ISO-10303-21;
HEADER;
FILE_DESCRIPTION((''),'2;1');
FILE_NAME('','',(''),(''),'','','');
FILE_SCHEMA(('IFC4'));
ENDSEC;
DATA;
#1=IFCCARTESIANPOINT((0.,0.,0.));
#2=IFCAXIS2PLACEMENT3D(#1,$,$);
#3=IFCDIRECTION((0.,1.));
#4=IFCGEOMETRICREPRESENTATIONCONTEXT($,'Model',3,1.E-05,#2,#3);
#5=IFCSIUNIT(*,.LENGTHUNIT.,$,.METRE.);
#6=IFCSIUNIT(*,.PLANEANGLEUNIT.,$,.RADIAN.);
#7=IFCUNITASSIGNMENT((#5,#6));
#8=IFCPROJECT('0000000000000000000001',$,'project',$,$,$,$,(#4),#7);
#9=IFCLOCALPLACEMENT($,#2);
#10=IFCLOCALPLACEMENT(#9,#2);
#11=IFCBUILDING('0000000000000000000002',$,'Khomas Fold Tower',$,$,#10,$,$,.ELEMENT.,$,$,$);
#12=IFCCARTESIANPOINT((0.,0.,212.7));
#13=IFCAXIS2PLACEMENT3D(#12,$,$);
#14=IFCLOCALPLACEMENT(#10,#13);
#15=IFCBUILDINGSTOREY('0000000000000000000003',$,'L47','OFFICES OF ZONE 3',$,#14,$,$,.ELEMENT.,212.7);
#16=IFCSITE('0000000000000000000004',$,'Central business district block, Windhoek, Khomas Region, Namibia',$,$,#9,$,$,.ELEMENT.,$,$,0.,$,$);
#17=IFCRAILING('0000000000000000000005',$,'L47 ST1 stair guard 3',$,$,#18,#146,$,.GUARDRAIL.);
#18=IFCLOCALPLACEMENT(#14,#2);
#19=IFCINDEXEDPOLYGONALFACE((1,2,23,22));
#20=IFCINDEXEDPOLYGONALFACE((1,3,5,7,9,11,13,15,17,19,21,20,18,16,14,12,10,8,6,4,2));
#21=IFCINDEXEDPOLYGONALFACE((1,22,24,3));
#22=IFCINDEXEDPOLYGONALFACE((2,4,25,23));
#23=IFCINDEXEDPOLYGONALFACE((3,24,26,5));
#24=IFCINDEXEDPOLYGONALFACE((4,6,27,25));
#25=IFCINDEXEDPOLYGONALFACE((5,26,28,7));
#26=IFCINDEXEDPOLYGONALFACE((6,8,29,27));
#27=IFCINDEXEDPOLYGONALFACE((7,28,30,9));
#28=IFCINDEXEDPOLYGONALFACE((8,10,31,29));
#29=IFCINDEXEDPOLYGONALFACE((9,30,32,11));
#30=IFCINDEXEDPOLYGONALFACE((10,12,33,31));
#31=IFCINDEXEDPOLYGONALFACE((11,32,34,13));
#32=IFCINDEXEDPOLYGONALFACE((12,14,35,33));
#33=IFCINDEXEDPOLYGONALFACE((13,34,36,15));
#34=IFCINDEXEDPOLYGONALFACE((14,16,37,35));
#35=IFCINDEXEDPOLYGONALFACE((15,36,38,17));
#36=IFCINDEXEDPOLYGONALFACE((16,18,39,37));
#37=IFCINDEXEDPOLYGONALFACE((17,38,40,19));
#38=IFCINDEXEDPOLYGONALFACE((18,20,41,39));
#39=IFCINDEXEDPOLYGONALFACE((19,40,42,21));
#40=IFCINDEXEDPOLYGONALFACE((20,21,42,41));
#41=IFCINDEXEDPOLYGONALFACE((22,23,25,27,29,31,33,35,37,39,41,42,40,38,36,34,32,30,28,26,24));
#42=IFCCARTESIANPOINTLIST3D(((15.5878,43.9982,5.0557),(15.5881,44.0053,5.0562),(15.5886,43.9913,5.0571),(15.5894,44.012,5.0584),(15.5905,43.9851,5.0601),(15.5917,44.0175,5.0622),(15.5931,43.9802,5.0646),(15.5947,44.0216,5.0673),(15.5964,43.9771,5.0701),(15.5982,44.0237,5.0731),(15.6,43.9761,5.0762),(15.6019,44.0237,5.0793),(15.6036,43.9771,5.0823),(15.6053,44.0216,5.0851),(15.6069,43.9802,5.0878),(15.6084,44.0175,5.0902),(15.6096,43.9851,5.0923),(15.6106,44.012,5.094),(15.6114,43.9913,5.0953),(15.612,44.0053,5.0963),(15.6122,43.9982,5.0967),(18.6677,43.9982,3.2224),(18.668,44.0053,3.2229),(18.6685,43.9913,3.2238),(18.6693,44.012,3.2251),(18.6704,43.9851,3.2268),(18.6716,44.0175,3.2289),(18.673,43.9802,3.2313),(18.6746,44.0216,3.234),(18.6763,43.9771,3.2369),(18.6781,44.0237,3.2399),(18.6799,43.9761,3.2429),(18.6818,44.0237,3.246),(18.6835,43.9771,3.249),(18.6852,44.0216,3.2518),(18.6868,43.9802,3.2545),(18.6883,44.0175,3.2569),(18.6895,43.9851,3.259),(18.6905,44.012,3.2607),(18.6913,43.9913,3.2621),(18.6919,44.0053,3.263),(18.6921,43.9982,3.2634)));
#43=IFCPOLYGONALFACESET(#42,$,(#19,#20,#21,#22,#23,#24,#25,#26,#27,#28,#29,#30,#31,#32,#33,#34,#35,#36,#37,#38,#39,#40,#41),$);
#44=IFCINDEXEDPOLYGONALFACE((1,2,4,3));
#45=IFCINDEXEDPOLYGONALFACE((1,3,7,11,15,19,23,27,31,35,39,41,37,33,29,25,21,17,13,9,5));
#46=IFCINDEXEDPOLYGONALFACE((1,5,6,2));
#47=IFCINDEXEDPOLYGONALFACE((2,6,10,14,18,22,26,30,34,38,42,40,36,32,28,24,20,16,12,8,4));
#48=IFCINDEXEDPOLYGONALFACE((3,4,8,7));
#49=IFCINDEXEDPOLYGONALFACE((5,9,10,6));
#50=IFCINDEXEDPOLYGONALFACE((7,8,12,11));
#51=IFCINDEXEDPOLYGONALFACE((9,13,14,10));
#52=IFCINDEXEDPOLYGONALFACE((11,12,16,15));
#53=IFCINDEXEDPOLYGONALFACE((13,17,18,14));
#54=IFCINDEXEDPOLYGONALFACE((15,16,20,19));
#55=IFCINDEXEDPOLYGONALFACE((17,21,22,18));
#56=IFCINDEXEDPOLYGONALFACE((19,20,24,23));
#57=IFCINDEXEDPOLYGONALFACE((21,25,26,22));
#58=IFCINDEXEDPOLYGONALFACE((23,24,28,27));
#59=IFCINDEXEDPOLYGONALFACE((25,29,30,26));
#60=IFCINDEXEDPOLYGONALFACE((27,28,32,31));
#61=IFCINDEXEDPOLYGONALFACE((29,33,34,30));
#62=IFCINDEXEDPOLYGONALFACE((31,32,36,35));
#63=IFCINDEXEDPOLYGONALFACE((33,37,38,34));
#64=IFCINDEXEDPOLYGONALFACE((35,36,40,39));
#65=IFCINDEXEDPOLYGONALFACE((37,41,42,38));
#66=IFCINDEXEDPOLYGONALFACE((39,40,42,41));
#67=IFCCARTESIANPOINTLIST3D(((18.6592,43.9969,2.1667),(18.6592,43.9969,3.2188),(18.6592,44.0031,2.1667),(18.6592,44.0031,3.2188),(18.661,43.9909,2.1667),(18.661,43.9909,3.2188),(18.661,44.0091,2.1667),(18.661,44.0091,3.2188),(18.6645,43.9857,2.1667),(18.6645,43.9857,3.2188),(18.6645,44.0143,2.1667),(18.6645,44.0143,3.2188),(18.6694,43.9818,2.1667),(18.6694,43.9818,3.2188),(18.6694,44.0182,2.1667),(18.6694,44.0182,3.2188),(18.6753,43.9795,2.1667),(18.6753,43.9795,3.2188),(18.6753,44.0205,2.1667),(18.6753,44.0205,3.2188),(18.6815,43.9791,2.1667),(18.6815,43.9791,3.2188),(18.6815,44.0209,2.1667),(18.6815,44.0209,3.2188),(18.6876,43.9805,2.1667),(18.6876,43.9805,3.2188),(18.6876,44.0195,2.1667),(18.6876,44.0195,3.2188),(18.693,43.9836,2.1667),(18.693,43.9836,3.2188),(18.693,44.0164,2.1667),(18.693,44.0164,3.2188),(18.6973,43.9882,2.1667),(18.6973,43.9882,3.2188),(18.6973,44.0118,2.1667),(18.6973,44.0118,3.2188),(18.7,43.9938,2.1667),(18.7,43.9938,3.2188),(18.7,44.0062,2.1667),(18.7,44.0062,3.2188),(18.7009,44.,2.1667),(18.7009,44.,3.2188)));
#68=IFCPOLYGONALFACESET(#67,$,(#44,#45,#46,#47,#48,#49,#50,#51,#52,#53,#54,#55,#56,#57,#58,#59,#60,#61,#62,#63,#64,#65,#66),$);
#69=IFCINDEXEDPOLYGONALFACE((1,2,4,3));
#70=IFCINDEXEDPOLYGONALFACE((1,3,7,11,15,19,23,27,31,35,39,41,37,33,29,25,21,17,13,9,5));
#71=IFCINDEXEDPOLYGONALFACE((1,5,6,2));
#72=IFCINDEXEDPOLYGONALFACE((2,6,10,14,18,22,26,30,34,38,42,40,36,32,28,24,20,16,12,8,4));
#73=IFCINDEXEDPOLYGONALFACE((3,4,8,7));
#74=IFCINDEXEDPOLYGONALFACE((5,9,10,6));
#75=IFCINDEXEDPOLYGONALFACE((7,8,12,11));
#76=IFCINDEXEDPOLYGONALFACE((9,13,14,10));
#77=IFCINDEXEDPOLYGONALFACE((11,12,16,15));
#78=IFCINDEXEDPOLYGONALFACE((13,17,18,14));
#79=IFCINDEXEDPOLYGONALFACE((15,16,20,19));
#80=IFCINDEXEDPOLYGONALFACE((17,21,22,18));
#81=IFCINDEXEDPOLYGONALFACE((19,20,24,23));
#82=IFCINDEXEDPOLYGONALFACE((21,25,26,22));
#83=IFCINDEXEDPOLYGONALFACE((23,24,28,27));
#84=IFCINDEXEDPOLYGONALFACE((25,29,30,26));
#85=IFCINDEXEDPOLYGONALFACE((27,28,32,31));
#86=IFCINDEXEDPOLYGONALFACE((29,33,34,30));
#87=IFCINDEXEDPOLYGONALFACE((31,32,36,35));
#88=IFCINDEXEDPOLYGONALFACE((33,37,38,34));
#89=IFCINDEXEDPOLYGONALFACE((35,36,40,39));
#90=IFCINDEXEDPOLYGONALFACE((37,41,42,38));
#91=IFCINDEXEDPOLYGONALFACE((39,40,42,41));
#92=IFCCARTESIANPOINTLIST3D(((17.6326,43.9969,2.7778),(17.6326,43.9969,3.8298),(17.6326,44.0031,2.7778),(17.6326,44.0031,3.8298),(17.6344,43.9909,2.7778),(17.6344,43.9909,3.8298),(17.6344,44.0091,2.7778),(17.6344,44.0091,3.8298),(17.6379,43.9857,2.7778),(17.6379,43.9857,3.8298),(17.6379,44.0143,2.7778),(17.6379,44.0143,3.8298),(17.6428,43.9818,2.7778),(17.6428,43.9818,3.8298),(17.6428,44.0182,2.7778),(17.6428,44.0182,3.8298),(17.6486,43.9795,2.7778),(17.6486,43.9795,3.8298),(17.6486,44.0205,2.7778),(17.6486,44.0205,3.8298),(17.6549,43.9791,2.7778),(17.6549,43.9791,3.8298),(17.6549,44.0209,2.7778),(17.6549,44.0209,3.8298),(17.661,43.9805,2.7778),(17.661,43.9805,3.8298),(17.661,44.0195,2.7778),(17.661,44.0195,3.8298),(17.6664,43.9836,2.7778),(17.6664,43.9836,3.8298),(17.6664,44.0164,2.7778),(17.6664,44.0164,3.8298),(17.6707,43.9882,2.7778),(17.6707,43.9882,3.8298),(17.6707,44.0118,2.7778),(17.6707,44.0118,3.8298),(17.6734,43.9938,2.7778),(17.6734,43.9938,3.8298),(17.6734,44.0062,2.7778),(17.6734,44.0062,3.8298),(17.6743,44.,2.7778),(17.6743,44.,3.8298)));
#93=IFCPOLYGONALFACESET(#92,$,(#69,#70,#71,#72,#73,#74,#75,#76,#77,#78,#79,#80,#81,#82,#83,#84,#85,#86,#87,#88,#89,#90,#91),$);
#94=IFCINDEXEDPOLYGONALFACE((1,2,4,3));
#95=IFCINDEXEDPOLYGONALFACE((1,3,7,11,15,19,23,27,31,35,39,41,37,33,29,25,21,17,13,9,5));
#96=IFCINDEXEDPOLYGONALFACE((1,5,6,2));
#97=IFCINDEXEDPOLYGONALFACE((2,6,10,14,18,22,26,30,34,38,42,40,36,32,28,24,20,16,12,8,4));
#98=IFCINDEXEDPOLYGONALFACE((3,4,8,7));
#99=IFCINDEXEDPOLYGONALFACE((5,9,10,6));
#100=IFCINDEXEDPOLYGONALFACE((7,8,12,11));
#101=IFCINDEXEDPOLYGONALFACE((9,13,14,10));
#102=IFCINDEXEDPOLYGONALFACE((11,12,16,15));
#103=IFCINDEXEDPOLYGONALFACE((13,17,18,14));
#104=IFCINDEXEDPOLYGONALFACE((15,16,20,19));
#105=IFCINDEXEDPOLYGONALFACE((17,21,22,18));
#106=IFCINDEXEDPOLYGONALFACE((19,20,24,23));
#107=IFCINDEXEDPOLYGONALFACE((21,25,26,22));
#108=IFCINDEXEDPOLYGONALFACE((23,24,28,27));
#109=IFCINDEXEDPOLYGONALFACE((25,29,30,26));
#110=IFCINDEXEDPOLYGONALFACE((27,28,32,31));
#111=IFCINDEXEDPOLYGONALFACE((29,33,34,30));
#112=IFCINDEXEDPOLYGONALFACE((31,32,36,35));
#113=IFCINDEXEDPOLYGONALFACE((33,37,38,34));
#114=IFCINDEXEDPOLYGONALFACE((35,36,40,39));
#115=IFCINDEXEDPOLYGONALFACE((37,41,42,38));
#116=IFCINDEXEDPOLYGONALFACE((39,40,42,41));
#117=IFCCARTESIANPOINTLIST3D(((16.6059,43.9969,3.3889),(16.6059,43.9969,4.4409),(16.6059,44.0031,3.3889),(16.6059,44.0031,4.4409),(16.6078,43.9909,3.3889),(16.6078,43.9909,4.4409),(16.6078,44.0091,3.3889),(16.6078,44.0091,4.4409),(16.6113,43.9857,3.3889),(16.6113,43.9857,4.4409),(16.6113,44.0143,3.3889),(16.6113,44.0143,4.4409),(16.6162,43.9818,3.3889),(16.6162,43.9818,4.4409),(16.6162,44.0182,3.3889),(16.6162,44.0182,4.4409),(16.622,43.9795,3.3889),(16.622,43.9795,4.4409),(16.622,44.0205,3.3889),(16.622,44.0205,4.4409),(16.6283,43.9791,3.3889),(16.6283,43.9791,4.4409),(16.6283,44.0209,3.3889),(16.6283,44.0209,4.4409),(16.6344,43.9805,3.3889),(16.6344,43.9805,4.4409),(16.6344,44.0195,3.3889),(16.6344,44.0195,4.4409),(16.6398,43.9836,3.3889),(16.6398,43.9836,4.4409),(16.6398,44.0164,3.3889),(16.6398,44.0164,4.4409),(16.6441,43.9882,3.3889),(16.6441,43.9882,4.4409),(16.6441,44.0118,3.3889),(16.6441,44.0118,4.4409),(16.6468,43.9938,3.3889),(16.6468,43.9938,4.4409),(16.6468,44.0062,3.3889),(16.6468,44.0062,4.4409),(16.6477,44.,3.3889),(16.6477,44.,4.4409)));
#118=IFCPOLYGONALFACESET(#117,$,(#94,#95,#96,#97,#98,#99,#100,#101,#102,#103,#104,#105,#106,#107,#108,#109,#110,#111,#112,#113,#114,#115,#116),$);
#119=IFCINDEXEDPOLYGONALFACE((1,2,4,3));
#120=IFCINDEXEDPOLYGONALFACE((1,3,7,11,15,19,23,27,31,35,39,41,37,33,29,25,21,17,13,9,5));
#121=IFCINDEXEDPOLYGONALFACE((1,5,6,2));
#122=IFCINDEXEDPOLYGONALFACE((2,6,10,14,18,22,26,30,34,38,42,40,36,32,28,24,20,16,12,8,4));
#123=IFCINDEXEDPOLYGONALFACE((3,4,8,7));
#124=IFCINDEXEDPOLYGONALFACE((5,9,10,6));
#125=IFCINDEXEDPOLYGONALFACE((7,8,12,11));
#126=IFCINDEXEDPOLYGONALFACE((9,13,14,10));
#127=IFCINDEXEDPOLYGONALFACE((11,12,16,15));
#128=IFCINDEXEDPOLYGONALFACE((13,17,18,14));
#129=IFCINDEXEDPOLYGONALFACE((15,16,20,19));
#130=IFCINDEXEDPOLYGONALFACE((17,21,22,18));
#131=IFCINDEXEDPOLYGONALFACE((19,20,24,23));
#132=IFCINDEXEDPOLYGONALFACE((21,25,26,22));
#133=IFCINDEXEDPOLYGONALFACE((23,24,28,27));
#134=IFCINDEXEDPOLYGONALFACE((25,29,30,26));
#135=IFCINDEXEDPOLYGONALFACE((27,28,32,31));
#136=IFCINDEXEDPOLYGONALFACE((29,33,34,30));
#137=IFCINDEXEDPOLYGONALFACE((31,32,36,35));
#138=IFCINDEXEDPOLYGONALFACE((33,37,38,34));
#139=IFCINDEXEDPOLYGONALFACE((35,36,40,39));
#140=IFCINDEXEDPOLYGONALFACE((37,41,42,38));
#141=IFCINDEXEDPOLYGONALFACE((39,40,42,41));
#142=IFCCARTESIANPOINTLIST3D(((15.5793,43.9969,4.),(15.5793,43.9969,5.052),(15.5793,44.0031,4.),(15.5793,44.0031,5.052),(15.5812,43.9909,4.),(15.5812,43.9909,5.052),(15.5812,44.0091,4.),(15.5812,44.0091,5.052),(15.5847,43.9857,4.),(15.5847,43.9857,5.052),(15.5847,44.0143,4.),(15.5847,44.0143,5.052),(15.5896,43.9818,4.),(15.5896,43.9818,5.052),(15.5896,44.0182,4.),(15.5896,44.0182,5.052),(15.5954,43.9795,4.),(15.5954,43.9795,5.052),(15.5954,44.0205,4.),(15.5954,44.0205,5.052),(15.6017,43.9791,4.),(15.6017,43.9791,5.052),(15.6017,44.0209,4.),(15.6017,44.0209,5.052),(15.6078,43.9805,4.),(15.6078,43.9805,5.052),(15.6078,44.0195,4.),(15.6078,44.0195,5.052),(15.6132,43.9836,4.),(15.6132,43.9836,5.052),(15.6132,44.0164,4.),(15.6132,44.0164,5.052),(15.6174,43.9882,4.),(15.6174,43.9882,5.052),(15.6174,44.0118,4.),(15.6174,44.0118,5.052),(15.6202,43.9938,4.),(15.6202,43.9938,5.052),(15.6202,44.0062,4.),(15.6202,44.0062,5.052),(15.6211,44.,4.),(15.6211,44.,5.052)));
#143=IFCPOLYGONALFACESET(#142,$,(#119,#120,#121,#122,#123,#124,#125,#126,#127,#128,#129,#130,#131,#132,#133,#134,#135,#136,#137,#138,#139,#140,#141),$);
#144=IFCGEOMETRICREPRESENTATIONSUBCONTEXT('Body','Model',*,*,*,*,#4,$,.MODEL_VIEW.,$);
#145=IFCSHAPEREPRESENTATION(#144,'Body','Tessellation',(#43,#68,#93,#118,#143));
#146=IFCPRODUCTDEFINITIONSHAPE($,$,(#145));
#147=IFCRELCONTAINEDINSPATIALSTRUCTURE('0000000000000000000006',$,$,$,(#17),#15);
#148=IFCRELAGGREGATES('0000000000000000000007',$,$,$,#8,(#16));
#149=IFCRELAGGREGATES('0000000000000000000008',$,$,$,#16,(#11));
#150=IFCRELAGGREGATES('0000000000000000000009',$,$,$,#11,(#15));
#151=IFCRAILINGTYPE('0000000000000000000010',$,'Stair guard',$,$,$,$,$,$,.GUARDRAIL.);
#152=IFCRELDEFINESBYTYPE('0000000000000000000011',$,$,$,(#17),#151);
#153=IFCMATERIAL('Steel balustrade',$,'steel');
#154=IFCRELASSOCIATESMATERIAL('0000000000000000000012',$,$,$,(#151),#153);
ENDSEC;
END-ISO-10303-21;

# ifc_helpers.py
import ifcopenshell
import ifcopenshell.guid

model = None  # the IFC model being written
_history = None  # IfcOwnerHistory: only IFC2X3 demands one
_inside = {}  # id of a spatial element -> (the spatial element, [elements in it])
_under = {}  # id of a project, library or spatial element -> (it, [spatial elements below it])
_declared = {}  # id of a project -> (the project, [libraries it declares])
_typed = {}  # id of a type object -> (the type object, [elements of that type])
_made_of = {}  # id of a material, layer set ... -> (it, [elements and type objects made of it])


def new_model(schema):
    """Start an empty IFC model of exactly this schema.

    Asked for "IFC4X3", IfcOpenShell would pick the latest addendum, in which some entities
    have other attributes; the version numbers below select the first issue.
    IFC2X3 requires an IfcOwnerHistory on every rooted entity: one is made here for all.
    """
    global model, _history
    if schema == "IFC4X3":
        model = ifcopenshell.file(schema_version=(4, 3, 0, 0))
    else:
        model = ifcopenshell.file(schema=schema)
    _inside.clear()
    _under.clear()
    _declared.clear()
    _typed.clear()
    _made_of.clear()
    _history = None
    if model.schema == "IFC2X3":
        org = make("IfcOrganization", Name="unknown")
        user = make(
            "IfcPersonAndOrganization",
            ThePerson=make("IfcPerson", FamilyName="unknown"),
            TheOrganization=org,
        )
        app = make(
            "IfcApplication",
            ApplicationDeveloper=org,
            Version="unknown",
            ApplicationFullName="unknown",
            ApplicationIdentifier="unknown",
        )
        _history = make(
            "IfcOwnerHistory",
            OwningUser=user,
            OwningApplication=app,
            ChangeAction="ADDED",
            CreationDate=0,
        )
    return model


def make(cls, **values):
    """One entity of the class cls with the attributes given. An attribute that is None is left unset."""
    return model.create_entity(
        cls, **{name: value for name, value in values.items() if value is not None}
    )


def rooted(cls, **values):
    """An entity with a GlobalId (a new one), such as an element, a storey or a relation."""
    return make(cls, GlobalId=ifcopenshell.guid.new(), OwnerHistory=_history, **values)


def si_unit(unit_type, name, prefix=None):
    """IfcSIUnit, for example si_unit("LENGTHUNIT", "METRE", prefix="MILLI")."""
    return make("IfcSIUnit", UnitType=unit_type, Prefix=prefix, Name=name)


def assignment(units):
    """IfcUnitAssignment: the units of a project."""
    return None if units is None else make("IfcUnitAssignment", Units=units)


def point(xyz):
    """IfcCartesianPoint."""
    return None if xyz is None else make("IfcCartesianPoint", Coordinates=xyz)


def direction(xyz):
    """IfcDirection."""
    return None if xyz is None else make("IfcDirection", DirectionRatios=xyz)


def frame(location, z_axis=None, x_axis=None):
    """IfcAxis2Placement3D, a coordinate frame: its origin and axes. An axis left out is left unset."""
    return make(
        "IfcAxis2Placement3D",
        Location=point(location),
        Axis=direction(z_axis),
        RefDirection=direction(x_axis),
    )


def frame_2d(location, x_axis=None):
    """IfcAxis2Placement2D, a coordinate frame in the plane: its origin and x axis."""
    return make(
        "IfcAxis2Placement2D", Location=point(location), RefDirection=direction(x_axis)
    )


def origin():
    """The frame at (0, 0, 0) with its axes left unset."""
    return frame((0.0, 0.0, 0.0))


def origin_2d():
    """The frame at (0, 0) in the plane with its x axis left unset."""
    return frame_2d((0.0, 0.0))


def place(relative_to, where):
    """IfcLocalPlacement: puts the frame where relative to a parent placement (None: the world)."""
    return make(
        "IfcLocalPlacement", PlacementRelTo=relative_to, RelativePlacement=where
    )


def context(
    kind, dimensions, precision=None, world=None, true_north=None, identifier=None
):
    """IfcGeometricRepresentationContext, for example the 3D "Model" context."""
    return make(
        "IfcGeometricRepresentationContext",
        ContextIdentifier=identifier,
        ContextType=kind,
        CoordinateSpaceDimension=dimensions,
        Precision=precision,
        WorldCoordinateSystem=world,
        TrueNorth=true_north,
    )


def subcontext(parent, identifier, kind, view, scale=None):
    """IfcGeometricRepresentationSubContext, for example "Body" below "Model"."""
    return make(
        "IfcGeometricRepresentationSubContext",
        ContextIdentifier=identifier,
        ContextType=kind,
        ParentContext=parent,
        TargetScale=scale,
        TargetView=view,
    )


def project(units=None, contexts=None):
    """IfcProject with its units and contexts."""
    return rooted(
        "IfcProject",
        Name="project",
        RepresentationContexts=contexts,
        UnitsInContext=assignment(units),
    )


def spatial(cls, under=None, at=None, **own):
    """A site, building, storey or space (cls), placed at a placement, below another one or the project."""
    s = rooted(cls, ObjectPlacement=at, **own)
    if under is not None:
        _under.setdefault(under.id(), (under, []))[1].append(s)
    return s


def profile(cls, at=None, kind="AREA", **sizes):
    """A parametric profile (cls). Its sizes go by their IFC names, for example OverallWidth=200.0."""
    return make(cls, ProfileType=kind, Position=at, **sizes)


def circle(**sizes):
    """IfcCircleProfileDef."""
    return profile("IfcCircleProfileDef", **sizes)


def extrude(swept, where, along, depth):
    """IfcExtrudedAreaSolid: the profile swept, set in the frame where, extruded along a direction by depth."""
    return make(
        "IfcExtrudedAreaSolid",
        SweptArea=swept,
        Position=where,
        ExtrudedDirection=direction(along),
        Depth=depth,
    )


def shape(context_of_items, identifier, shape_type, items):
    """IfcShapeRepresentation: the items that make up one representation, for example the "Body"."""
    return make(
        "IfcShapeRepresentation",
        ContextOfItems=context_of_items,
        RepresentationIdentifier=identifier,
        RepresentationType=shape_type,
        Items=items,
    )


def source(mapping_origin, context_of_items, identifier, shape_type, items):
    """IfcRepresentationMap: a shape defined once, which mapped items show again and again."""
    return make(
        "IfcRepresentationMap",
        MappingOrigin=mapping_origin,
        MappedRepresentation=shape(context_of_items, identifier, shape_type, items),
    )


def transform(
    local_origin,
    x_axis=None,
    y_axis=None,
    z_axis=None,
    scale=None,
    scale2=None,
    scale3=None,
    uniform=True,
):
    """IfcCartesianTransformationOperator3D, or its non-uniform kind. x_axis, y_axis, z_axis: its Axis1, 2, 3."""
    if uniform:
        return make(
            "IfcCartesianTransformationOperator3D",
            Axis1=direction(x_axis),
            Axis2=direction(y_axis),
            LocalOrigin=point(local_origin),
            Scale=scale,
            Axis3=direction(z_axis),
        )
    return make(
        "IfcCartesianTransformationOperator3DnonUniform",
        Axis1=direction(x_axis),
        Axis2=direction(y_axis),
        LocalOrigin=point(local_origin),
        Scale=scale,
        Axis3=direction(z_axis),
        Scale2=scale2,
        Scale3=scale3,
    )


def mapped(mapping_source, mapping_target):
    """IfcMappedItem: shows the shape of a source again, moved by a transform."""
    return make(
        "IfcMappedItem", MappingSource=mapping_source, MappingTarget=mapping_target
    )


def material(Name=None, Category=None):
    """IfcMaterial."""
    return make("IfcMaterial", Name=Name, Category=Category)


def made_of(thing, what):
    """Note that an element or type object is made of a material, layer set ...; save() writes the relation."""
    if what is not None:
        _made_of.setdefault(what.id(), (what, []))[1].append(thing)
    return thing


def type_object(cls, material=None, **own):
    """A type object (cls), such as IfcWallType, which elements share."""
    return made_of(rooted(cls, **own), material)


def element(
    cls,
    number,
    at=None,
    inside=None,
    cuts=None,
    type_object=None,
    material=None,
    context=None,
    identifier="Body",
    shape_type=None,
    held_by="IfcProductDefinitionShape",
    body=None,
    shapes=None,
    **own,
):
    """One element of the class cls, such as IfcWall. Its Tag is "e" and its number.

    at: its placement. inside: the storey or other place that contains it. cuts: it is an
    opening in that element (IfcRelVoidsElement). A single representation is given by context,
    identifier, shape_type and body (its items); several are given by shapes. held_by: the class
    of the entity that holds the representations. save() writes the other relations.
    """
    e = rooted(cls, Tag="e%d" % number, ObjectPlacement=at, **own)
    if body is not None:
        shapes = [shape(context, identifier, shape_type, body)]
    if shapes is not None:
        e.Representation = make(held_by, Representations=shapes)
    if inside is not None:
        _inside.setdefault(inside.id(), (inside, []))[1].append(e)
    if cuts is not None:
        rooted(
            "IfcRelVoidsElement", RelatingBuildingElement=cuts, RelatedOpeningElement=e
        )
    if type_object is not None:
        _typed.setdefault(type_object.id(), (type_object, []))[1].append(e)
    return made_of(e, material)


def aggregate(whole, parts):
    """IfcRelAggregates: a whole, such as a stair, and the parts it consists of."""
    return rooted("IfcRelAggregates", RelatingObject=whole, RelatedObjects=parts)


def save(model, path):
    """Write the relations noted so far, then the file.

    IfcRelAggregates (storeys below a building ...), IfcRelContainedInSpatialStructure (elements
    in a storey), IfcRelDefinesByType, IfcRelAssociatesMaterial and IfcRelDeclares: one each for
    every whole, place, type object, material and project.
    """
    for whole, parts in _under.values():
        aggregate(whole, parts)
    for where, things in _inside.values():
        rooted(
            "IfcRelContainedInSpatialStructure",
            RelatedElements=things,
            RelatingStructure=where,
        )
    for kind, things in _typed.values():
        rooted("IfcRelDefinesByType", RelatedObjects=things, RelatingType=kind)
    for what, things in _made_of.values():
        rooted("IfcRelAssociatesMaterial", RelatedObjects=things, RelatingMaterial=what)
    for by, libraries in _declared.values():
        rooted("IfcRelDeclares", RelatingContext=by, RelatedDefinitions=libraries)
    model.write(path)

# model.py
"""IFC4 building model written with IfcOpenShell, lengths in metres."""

from ifc_helpers import new_model, si_unit, direction, frame, origin, origin_2d, place, context, subcontext, project, spatial, circle, extrude, source, transform, mapped, material, type_object, element, save


model = new_model("IFC4")

# Units and contexts
model_context = context("Model", 3, precision=1e-05, world=origin(), true_north=direction((0.0, 1.0)))
body_context = subcontext(model_context, "Body", "Model", "MODEL_VIEW")
ifc_project = project(units=[si_unit("LENGTHUNIT", "METRE"), si_unit("PLANEANGLEUNIT", "RADIAN")], contexts=[model_context])

# Site, building, storey
site_placement = place(None, origin())
site = spatial("IfcSite", under=ifc_project, at=site_placement, Name="Central business district block, Windhoek, Khomas Region, Namibia", CompositionType="ELEMENT", RefElevation=0.0)
building_placement = place(site_placement, origin())
building = spatial("IfcBuilding", under=site, at=building_placement, Name="Khomas Fold Tower", CompositionType="ELEMENT")
storey_placement = place(building_placement, frame((0.0, 0.0, 212.7)))
storey = spatial("IfcBuildingStorey", under=building, at=storey_placement, Name="L47", Description="OFFICES OF ZONE 3", CompositionType="ELEMENT", Elevation=212.7)

# Railing
ifc_material_1 = material(Name="Steel balustrade", Category="steel")
railing_type_1 = type_object("IfcRailingType", Name="Stair guard", PredefinedType="GUARDRAIL", material=ifc_material_1)
shared_shape_1 = source(origin(), body_context, "Body", "SweptSolid", [
    extrude(circle(Radius=0.0239, at=origin_2d()), frame((0.0, 0.0, 1.0762), z_axis=(-0.859291, 0.0, 0.511487), x_axis=(0.0, -1.0, 0.0)), (0.0, 0.0, 1.0), 3.5842),
    extrude(circle(Radius=0.021, at=origin_2d()), origin(), (0.0, 0.0, 1.0), 1.052),
    extrude(circle(Radius=0.021, at=origin_2d()), frame((-1.0266, 0.0, 0.6111)), (0.0, 0.0, 1.0), 1.052),
    extrude(circle(Radius=0.021, at=origin_2d()), frame((-2.0532, 0.0, 1.2222)), (0.0, 0.0, 1.0), 1.052),
    extrude(circle(Radius=0.021, at=origin_2d()), frame((-3.0798, 0.0, 1.8333)), (0.0, 0.0, 1.0), 1.052),
])
railing_1_placement = place(storey_placement, frame((18.6799, 44.0, 2.1667)))
element("IfcRailing", 1, at=railing_1_placement, inside=storey, type_object=railing_type_1, Name="L47 ST1 stair guard 3", PredefinedType="GUARDRAIL", context=body_context, shape_type="MappedRepresentation", body=[
    mapped(shared_shape_1, transform((0.0, 0.0, 0.0))),
])

save(model, "model.ifc")
